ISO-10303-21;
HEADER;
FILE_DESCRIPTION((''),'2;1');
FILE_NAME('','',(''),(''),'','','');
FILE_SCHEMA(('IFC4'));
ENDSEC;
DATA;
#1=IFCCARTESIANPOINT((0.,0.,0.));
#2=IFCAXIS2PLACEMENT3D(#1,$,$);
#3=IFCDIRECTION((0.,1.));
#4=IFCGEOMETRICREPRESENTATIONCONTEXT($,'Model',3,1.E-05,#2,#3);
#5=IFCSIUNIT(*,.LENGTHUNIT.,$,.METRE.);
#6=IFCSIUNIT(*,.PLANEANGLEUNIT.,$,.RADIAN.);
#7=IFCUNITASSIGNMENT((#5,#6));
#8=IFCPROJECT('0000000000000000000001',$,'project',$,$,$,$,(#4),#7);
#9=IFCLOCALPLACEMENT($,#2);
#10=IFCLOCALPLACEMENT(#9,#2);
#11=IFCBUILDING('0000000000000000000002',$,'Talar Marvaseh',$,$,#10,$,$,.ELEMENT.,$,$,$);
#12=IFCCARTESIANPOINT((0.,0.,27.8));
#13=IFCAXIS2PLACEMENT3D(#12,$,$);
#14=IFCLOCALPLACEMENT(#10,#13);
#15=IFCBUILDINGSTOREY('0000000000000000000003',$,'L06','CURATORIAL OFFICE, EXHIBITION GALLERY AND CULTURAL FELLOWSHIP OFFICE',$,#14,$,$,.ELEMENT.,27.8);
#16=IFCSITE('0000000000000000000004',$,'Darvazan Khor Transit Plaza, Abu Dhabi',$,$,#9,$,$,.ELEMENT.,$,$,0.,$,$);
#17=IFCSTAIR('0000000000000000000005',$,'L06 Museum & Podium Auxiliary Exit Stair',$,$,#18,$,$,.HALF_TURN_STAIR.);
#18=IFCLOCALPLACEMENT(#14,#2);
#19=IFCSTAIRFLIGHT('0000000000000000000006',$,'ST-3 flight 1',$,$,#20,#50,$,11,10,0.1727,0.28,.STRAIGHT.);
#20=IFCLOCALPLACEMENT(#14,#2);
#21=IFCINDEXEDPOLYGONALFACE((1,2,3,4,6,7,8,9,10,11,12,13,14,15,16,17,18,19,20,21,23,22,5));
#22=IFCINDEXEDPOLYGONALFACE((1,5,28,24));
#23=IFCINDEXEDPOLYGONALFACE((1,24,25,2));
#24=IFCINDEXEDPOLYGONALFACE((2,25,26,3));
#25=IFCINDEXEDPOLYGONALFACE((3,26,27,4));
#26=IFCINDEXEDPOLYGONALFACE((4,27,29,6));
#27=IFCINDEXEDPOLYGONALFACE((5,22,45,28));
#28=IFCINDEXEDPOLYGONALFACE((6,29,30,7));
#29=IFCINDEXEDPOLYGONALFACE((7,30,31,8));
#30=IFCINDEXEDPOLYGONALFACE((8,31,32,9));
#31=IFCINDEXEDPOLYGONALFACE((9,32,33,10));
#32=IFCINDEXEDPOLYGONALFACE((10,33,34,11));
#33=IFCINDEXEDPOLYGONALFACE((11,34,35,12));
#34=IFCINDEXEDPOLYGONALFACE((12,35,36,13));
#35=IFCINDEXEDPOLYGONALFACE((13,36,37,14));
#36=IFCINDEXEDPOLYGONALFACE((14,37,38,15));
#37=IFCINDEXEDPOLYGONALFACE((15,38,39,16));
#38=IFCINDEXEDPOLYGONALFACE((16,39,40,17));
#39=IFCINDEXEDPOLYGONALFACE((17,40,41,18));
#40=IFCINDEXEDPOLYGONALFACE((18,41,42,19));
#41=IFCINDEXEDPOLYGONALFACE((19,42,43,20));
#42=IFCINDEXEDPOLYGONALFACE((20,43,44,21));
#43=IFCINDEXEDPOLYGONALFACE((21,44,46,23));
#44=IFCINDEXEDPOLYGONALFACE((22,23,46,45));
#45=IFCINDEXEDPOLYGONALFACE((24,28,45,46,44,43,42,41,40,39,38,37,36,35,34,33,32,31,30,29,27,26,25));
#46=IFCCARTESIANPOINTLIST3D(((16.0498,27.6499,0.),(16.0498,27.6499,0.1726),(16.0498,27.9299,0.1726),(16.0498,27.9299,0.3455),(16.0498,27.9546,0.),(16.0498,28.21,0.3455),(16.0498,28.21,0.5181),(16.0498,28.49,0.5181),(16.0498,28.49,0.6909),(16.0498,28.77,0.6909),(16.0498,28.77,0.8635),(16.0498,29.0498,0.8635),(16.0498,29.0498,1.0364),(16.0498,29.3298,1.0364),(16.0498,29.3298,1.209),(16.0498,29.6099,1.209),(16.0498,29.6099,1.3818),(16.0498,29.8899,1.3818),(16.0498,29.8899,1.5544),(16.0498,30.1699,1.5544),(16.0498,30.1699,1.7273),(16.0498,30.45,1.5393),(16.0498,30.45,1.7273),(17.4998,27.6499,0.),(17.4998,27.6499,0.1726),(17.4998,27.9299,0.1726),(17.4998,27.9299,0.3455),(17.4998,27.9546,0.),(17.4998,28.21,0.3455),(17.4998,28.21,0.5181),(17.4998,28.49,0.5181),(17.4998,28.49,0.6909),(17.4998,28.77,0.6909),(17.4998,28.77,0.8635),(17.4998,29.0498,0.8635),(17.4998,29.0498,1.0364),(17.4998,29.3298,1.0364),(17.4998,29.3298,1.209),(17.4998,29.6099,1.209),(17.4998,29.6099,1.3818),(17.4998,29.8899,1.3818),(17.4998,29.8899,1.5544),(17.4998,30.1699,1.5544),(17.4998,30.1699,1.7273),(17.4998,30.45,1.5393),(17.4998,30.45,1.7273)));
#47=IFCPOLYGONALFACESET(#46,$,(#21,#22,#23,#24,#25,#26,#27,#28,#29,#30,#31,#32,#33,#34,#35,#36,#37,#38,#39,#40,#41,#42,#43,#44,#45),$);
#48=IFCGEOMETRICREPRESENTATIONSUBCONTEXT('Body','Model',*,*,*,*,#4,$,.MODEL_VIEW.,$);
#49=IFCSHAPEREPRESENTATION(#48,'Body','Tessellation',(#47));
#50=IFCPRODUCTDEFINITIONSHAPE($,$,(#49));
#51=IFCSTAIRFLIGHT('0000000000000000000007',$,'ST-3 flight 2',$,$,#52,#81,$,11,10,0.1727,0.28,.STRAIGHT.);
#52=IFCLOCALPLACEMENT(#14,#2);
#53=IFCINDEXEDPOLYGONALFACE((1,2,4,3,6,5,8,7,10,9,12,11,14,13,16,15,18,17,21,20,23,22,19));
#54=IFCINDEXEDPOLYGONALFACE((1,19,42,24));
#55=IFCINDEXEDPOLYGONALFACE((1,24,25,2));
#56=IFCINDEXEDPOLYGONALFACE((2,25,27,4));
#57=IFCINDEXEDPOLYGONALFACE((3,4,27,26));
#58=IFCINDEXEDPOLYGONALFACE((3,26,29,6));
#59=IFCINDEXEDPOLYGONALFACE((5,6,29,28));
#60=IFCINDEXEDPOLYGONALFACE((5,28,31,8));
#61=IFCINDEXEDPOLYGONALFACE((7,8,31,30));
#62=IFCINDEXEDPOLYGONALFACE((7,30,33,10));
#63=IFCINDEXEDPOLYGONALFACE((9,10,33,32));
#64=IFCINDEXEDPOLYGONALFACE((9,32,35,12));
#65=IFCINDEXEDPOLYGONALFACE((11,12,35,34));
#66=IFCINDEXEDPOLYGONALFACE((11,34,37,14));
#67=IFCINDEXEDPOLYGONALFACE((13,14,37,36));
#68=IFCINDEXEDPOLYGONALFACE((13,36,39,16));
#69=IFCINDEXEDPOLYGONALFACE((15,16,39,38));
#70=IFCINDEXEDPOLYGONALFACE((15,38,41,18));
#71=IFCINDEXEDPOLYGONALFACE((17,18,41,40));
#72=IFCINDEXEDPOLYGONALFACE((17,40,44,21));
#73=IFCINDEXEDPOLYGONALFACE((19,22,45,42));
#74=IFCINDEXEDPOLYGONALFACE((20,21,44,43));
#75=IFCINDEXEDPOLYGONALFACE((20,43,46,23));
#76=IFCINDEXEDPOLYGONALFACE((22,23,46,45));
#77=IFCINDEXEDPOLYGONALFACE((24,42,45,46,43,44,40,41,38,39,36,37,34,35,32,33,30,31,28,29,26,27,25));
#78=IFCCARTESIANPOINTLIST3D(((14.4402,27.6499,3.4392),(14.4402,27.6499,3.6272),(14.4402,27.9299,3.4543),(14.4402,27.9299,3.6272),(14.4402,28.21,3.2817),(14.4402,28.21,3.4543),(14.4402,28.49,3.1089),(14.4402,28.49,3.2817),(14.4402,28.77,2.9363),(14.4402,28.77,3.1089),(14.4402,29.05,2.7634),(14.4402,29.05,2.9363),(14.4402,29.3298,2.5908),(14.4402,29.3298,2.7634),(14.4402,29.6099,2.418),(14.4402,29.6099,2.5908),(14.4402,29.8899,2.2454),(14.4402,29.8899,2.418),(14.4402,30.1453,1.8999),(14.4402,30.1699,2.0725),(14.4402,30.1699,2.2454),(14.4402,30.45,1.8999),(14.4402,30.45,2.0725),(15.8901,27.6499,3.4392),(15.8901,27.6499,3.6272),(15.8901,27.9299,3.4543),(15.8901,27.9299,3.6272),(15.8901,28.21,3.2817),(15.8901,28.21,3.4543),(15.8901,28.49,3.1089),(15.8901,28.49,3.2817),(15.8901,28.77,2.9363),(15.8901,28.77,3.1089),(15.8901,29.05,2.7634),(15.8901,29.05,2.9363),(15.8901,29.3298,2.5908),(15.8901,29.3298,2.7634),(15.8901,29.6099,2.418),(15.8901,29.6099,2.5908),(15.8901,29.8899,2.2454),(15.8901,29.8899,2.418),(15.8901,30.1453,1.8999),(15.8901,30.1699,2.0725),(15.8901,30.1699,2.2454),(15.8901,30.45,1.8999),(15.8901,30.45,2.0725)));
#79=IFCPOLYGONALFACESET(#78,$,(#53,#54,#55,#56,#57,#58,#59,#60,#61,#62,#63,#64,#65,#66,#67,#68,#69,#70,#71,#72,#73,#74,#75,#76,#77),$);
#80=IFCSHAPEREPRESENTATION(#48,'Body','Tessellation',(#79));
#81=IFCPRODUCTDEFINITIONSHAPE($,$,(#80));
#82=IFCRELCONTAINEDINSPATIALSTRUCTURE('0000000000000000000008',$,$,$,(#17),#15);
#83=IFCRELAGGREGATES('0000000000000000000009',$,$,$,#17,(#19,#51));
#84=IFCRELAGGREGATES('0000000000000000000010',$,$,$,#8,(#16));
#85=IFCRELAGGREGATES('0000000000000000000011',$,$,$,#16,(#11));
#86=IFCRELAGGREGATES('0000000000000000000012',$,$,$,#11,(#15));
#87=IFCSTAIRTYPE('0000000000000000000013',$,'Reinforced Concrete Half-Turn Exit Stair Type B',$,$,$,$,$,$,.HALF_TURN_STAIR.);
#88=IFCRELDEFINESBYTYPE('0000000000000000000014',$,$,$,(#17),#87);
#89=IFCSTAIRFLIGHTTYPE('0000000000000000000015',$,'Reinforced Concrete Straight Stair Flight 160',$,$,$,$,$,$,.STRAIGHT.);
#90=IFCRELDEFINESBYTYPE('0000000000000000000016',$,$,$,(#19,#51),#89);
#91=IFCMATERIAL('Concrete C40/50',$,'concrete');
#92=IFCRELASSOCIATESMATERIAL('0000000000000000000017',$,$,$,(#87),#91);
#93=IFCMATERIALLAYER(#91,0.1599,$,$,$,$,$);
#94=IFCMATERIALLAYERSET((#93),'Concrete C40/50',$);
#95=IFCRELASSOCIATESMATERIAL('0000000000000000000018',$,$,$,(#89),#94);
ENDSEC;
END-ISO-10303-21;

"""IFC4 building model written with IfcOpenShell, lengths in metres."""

from ifc_helpers import new_model, si_unit, direction, frame, origin, place, context, subcontext, project, spatial, polyline, outline, extrude, material, layer, layer_set, type_object, element, aggregate, save


model = new_model("IFC4")

# Units and contexts
model_context = context("Model", 3, precision=1e-05, world=origin(), true_north=direction((0.0, 1.0)))
body_context = subcontext(model_context, "Body", "Model", "MODEL_VIEW")
ifc_project = project(units=[si_unit("LENGTHUNIT", "METRE"), si_unit("PLANEANGLEUNIT", "RADIAN")], contexts=[model_context])

# Site, building, storey
site_placement = place(None, origin())
site = spatial("IfcSite", under=ifc_project, at=site_placement, Name="Darvazan Khor Transit Plaza, Abu Dhabi", CompositionType="ELEMENT", RefElevation=0.0)
building_placement = place(site_placement, origin())
building = spatial("IfcBuilding", under=site, at=building_placement, Name="Talar Marvaseh", CompositionType="ELEMENT")
storey_placement = place(building_placement, frame((0.0, 0.0, 27.8)))
storey = spatial("IfcBuildingStorey", under=building, at=storey_placement, Name="L06", Description="CURATORIAL OFFICE, EXHIBITION GALLERY AND CULTURAL FELLOWSHIP OFFICE", CompositionType="ELEMENT", Elevation=27.8)

# Shared definitions
ifc_material_1 = material(Name="Concrete C40/50", Category="concrete")

# Stair, stair flights
stair_type = type_object("IfcStairType", Name="Reinforced Concrete Half-Turn Exit Stair Type B", PredefinedType="HALF_TURN_STAIR", material=ifc_material_1)
stair_placement = place(storey_placement, origin())
stair = element("IfcStair", 1, at=stair_placement, inside=storey, type_object=stair_type, Name="L06 Museum & Podium Auxiliary Exit Stair", PredefinedType="HALF_TURN_STAIR")
ifc_layer_1 = layer(ifc_material_1, 0.1599)
ifc_layer_set_1 = layer_set([ifc_layer_1], Name="Concrete C40/50")
stair_flight_type = type_object("IfcStairFlightType", Name="Reinforced Concrete Straight Stair Flight 160", PredefinedType="STRAIGHT", material=ifc_layer_set_1)
stair_flight_1_placement = place(storey_placement, frame((16.7749, 27.6499, 0.0), z_axis=(0.0, 0.0, 1.0), x_axis=(0.0, 1.0, 0.0)))
stair_flight_1 = element("IfcStairFlight", 2, at=stair_flight_1_placement, type_object=stair_flight_type, Name="ST-3 flight 1", NumberOfRisers=11, NumberOfTreads=10, PredefinedType="STRAIGHT", RiserHeight=0.1727, TreadLength=0.28, context=body_context, shape_type="SweptSolid", body=[
    extrude(outline(polyline([(0.0, 0.0), (0.0, 0.1726), (0.28, 0.1726), (0.28, 0.3455), (0.5601, 0.3455), (0.5601, 0.5181), (0.8401, 0.5181), (0.8401, 0.6909), (1.1201, 0.6909), (1.1201, 0.8635), (1.3999, 0.8635), (1.3999, 1.0364), (1.6799, 1.0364), (1.6799, 1.209), (1.96, 1.209), (1.96, 1.3818), (2.24, 1.3818), (2.24, 1.5544), (2.52, 1.5544), (2.52, 1.7273), (2.8, 1.7273), (2.8, 1.8999), (2.8, 1.5393), (0.3047, 0.0), (0.0, 0.0)])), frame((0.0, 0.7251, 0.0), z_axis=(0.0, -1.0, 0.0), x_axis=(1.0, 0.0, 0.0)), (0.0, 0.0, 1.0), 1.45),
])
stair_flight_2_placement = place(storey_placement, frame((15.165, 30.45, 1.8999), z_axis=(0.0, 0.0, 1.0), x_axis=(0.0, -1.0, 0.0)))
stair_flight_2 = element("IfcStairFlight", 3, at=stair_flight_2_placement, type_object=stair_flight_type, Name="ST-3 flight 2", NumberOfRisers=11, NumberOfTreads=10, PredefinedType="STRAIGHT", RiserHeight=0.1727, TreadLength=0.28, context=body_context, shape_type="SweptSolid", body=[
    extrude(outline(polyline([(0.0, 0.0), (0.0, 0.1726), (0.28, 0.1726), (0.28, 0.3455), (0.5601, 0.3455), (0.5601, 0.5181), (0.8401, 0.5181), (0.8401, 0.6909), (1.1201, 0.6909), (1.1201, 0.8635), (1.3999, 0.8635), (1.3999, 1.0364), (1.6799, 1.0364), (1.6799, 1.209), (1.96, 1.209), (1.96, 1.3818), (2.24, 1.3818), (2.24, 1.5544), (2.52, 1.5544), (2.52, 1.7273), (2.8, 1.7273), (2.8, 1.8999), (2.8, 1.5393), (0.3047, 0.0), (0.0, 0.0)])), frame((0.0, 0.7251, 0.0), z_axis=(0.0, -1.0, 0.0), x_axis=(1.0, 0.0, 0.0)), (0.0, 0.0, 1.0), 1.45),
])
aggregate(stair, [stair_flight_1, stair_flight_2])

save(model, "model.ifc")
